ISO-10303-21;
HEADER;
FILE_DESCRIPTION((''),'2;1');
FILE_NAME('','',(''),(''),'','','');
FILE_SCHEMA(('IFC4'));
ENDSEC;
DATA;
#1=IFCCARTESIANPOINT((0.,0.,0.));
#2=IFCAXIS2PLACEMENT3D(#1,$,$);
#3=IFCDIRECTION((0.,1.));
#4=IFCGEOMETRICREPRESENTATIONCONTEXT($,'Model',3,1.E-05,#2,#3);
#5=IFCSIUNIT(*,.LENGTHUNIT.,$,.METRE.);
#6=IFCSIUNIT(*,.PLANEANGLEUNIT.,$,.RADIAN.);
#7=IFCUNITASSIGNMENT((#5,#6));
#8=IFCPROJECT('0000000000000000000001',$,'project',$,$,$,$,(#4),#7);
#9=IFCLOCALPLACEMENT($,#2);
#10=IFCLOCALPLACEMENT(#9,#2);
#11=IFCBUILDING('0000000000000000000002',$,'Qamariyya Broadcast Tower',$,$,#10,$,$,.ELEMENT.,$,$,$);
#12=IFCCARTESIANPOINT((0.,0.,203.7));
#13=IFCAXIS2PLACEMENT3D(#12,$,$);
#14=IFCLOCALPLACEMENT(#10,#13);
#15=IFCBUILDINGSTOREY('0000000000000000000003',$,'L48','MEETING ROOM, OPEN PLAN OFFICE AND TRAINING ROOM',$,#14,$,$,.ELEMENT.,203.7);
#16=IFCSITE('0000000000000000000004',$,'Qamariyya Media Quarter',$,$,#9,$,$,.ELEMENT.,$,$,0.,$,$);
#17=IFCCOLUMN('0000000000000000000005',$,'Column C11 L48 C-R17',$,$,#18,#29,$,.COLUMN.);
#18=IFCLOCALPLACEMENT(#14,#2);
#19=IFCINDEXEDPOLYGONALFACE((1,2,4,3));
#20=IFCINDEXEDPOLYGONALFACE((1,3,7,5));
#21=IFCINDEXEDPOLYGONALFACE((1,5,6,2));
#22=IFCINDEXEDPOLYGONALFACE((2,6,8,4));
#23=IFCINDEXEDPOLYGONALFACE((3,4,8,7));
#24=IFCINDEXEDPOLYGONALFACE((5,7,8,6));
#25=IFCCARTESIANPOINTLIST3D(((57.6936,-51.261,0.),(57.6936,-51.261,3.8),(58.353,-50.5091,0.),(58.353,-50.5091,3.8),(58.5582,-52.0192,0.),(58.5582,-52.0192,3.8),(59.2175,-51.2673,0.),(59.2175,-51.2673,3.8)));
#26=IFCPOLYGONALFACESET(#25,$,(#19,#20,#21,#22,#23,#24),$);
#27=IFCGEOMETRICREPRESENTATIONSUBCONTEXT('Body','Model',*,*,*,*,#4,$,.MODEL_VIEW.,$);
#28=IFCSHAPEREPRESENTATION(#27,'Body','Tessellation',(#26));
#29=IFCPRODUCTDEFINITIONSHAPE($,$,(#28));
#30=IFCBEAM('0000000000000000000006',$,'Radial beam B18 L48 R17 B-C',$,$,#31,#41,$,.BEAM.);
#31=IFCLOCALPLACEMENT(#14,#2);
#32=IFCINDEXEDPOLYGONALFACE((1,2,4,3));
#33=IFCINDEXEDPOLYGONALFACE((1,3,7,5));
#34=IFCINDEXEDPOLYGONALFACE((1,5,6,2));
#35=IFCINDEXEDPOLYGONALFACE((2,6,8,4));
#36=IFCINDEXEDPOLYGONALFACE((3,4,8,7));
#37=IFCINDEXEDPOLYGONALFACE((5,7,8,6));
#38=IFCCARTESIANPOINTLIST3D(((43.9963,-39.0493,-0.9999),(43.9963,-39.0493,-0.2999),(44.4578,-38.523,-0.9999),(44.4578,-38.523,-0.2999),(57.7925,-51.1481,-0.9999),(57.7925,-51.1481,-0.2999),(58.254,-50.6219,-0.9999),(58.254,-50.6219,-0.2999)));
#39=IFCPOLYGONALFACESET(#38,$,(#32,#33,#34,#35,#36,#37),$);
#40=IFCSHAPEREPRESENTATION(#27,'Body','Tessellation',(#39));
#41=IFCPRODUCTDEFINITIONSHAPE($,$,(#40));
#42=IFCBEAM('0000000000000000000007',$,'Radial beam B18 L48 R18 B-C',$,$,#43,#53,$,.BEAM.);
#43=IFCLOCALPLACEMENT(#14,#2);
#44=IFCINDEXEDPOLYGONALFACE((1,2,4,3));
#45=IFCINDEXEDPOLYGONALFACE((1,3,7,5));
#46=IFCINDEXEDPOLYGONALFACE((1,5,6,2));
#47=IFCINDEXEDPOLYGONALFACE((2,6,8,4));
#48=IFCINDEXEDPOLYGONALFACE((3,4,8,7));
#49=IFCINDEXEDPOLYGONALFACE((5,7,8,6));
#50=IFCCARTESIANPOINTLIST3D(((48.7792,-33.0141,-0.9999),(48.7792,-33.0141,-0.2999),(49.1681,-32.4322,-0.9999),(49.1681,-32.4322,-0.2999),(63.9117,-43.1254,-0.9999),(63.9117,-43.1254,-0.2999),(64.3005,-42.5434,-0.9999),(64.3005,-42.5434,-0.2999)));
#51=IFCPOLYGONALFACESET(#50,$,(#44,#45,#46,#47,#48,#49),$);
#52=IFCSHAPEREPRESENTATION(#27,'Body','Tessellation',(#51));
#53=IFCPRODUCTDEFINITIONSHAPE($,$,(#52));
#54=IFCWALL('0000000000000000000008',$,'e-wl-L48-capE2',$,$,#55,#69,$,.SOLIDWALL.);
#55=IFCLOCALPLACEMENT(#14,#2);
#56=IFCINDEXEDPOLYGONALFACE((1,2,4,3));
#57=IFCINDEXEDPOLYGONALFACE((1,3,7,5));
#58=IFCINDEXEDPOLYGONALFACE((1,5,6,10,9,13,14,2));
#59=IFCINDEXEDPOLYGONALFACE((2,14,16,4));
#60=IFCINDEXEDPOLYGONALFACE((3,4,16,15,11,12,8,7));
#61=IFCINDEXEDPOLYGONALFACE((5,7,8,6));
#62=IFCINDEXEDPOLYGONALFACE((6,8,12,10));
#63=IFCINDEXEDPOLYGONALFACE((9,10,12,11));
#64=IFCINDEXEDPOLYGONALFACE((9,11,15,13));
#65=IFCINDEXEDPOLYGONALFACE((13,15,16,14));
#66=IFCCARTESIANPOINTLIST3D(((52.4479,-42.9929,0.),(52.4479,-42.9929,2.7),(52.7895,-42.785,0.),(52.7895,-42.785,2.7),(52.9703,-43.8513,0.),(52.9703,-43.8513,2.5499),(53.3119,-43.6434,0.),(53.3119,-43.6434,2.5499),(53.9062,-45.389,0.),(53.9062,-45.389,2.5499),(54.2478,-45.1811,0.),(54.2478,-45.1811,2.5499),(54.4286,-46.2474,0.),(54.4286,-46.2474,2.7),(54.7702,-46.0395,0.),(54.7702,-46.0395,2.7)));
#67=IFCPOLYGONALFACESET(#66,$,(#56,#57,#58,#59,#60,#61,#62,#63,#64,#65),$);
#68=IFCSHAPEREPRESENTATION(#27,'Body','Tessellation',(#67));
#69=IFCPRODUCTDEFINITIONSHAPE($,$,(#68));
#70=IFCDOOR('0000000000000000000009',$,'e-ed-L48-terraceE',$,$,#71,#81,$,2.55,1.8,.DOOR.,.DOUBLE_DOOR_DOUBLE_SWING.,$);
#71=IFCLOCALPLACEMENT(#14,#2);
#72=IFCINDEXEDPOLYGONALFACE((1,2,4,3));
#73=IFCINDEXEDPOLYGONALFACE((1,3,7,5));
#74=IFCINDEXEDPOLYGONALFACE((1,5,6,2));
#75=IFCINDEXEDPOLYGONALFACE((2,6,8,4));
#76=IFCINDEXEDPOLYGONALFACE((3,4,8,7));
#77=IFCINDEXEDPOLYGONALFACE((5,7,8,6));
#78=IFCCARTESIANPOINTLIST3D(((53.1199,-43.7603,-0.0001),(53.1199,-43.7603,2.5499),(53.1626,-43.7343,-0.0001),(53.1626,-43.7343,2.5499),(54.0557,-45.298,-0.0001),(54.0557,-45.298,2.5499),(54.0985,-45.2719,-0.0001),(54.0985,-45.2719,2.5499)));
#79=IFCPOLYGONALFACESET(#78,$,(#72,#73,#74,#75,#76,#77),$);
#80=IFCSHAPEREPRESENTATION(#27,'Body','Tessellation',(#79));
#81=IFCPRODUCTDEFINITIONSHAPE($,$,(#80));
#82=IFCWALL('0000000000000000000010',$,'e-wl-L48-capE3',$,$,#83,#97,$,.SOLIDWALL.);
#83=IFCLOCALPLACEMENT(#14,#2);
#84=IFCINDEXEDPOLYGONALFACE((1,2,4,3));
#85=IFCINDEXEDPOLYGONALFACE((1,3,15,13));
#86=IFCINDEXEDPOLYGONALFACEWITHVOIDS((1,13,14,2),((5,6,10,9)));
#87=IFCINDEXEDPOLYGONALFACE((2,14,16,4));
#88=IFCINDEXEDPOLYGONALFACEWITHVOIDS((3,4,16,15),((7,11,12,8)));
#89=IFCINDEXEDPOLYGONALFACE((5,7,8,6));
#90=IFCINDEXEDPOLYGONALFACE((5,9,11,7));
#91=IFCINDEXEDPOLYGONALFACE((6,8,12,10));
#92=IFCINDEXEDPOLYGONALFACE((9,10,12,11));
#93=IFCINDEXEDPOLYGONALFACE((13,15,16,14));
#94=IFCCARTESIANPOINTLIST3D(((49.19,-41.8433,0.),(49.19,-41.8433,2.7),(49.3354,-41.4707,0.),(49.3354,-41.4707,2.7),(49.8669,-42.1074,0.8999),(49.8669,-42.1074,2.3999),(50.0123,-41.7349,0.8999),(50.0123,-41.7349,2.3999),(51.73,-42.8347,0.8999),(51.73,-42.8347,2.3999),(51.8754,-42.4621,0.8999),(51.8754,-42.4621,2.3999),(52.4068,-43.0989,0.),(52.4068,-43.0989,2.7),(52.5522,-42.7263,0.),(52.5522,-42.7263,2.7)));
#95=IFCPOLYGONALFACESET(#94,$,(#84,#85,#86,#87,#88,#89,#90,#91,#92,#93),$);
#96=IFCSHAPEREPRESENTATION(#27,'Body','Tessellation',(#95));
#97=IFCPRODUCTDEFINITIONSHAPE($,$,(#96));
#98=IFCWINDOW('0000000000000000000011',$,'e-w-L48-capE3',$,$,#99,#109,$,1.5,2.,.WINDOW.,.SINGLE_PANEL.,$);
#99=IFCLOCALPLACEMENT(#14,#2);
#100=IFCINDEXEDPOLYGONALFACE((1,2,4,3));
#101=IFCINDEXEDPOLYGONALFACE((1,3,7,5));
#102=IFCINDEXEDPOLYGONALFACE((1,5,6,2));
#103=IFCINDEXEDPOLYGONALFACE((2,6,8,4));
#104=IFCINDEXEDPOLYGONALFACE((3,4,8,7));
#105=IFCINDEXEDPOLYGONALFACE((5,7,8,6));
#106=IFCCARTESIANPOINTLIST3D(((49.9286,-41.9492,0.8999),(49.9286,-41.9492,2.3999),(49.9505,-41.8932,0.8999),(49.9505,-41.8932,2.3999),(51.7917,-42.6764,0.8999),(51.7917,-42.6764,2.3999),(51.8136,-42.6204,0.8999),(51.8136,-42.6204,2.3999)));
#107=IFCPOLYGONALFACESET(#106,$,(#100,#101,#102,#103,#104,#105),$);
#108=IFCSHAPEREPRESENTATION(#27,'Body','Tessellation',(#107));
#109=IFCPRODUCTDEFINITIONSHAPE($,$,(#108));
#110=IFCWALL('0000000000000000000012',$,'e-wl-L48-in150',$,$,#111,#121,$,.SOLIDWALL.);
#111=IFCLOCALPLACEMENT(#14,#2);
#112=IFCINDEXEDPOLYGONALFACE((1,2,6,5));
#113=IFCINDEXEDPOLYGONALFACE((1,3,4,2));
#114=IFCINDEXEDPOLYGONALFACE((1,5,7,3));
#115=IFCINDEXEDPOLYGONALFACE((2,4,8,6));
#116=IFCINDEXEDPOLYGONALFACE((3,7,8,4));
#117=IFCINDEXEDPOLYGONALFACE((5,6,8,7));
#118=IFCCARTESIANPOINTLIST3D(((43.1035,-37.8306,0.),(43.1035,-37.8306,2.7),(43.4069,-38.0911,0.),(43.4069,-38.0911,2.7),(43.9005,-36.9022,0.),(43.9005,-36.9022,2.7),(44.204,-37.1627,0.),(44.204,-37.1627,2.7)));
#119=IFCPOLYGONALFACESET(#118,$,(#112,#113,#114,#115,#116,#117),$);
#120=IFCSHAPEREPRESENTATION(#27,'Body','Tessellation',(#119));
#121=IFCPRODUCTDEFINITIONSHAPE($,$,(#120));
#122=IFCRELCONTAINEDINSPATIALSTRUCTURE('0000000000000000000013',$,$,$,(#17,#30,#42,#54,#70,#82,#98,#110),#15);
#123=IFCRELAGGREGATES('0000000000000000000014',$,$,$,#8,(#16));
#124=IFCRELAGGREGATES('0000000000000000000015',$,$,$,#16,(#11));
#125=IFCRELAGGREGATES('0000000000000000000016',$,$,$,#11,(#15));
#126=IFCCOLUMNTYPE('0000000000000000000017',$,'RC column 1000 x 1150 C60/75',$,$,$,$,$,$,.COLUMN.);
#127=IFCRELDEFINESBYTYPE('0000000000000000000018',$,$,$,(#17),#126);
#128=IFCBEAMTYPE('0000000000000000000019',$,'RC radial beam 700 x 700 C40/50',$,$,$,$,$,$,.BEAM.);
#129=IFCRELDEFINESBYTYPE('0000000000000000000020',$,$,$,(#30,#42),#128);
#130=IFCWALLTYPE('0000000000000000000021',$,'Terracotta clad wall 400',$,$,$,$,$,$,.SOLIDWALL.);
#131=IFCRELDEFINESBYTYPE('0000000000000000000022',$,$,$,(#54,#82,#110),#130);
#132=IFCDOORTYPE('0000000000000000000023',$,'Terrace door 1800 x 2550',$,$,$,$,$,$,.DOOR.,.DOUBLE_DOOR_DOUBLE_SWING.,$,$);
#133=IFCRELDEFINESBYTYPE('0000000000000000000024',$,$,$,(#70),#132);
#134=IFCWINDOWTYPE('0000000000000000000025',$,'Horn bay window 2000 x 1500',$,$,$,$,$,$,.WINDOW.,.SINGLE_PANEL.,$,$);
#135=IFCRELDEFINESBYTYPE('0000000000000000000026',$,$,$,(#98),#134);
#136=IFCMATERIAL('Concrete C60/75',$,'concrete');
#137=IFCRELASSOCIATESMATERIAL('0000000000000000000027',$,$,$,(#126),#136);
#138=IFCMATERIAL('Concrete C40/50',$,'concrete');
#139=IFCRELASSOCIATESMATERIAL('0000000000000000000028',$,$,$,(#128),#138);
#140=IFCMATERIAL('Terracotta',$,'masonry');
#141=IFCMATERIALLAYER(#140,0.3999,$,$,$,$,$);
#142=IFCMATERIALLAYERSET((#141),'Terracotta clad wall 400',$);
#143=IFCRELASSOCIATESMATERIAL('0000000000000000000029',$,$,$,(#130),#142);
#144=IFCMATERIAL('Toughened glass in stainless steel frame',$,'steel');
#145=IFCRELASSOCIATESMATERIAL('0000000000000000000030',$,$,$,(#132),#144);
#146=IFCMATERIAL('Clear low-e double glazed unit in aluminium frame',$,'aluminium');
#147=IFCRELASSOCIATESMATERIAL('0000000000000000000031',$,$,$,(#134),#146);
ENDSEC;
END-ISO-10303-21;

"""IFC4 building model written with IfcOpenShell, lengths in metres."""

from ifc_helpers import new_model, si_unit, direction, frame, frame_2d, origin, origin_2d, place, context, subcontext, project, spatial, rectangle, extrude, material, layer, layer_set, material_profile, profile_set, type_object, element, fill, save


model = new_model("IFC4")

# Units and contexts
model_context = context("Model", 3, precision=1e-05, world=origin(), true_north=direction((0.0, 1.0)))
body_context = subcontext(model_context, "Body", "Model", "MODEL_VIEW")
ifc_project = project(units=[si_unit("LENGTHUNIT", "METRE"), si_unit("PLANEANGLEUNIT", "RADIAN")], contexts=[model_context])

# Site, building, storey
site_placement = place(None, origin())
site = spatial("IfcSite", under=ifc_project, at=site_placement, Name="Qamariyya Media Quarter", CompositionType="ELEMENT", RefElevation=0.0)
building_placement = place(site_placement, origin())
building = spatial("IfcBuilding", under=site, at=building_placement, Name="Qamariyya Broadcast Tower", CompositionType="ELEMENT")
storey_placement = place(building_placement, frame((0.0, 0.0, 203.7)))
storey = spatial("IfcBuildingStorey", under=building, at=storey_placement, Name="L48", Description="MEETING ROOM, OPEN PLAN OFFICE AND TRAINING ROOM", CompositionType="ELEMENT", Elevation=203.7)

# Column
ifc_material_1 = material(Name="Concrete C60/75", Category="concrete")
ifc_material_profile_1 = material_profile(ifc_material_1, rectangle(XDim=1.0, YDim=1.1499, at=origin_2d()))
ifc_profile_set_1 = profile_set([ifc_material_profile_1], Name="Concrete C60/75")
column_type = type_object("IfcColumnType", Name="RC column 1000 x 1150 C60/75", PredefinedType="COLUMN", material=ifc_profile_set_1)
column_placement = place(storey_placement, frame((58.4556, -51.2642, 0.0), z_axis=(0.0, 0.0, 1.0), x_axis=(0.659346, 0.75184, 0.0)))
element("IfcColumn", 1, at=column_placement, inside=storey, type_object=column_type, Name="Column C11 L48 C-R17", PredefinedType="COLUMN", context=body_context, shape_type="SweptSolid", body=[
    extrude(rectangle(XDim=1.0, YDim=1.1499, at=origin_2d()), origin(), (0.0, 0.0, 1.0), 3.8),
])

# Beams
ifc_material_2 = material(Name="Concrete C40/50", Category="concrete")
ifc_material_profile_2 = material_profile(ifc_material_2, rectangle(XDim=0.7, YDim=0.7, at=origin_2d()))
ifc_profile_set_2 = profile_set([ifc_material_profile_2], Name="Concrete C40/50")
beam_type = type_object("IfcBeamType", Name="RC radial beam 700 x 700 C40/50", PredefinedType="BEAM", material=ifc_profile_set_2)
beam_1_placement = place(storey_placement, frame((44.2271, -38.7861, -0.6499), z_axis=(0.75184, -0.659345, 0.0), x_axis=(0.659345, 0.75184, 0.0)))
element("IfcBeam", 2, at=beam_1_placement, inside=storey, type_object=beam_type, Name="Radial beam B18 L48 R17 B-C", PredefinedType="BEAM", context=body_context, shape_type="SweptSolid", body=[
    extrude(rectangle(XDim=0.7, YDim=0.7, at=origin_2d()), origin(), (0.0, 0.0, 1.0), 18.3499),
])
beam_2_placement = place(storey_placement, frame((48.9736, -32.7231, -0.6499), z_axis=(0.831468, -0.555573, 0.0), x_axis=(0.555573, 0.831468, 0.0)))
element("IfcBeam", 3, at=beam_2_placement, inside=storey, type_object=beam_type, Name="Radial beam B18 L48 R18 B-C", PredefinedType="BEAM", context=body_context, shape_type="SweptSolid", body=[
    extrude(rectangle(XDim=0.7, YDim=0.7, at=origin_2d()), origin(), (0.0, 0.0, 1.0), 18.1997),
])

# Wall, opening, door
ifc_material_3 = material(Name="Terracotta", Category="masonry")
ifc_layer = layer(ifc_material_3, 0.3999)
ifc_layer_set = layer_set([ifc_layer], Name="Terracotta clad wall 400")
wall_type = type_object("IfcWallType", Name="Terracotta clad wall 400", PredefinedType="SOLIDWALL", material=ifc_layer_set)
wall_1_placement = place(storey_placement, frame((54.5994, -46.1433, 0.0), z_axis=(0.0, 0.0, 1.0), x_axis=(-0.519904, 0.854225, 0.0)))
wall_1 = element("IfcWall", 4, at=wall_1_placement, inside=storey, type_object=wall_type, Name="e-wl-L48-capE2", PredefinedType="SOLIDWALL", context=body_context, shape_type="SweptSolid", body=[
    extrude(rectangle(XDim=3.8098, YDim=0.3999, at=frame_2d((1.9048, 0.0))), origin(), (0.0, 0.0, 1.0), 2.7),
])
opening_1_placement = place(wall_1_placement, frame((1.0049, 0.0, 0.0)))
opening_1 = element("IfcOpeningElement", 5, at=opening_1_placement, cuts=wall_1, PredefinedType="OPENING", context=body_context, shape_type="SweptSolid", body=[
    extrude(rectangle(XDim=1.8, YDim=2.55, at=frame_2d((0.8999, 1.2749))), frame((0.0, 0.21, 0.0), z_axis=(0.0, -1.0, 0.0), x_axis=(1.0, 0.0, 0.0)), (0.0, 0.0, 1.0), 0.4199),
])
ifc_material_4 = material(Name="Toughened glass in stainless steel frame", Category="steel")
door_type = type_object("IfcDoorType", Name="Terrace door 1800 x 2550", OperationType="DOUBLE_DOOR_DOUBLE_SWING", PredefinedType="DOOR", material=ifc_material_4)
door_placement = place(opening_1_placement, origin())
door = element("IfcDoor", 6, at=door_placement, inside=storey, type_object=door_type, Name="e-ed-L48-terraceE", OperationType="DOUBLE_DOOR_DOUBLE_SWING", OverallHeight=2.55, OverallWidth=1.8, PredefinedType="DOOR", context=body_context, shape_type="SweptSolid", body=[
    extrude(rectangle(XDim=1.8, YDim=2.55, at=frame_2d((0.8999, 1.2749))), frame((0.0, 0.0249, 0.0), z_axis=(0.0, -1.0, 0.0), x_axis=(1.0, 0.0, 0.0)), (0.0, 0.0, 1.0), 0.05),
])
fill(opening_1, door)

# Wall, opening, window
wall_2_placement = place(storey_placement, frame((52.4795, -42.9126, 0.0), z_axis=(0.0, 0.0, 1.0), x_axis=(-0.93155, 0.363613, 0.0)))
wall_2 = element("IfcWall", 7, at=wall_2_placement, inside=storey, type_object=wall_type, Name="e-wl-L48-capE3", PredefinedType="SOLIDWALL", context=body_context, shape_type="SweptSolid", body=[
    extrude(rectangle(XDim=3.4531, YDim=0.3999, at=frame_2d((1.7266, 0.0))), origin(), (0.0, 0.0, 1.0), 2.7),
])
opening_2_placement = place(wall_2_placement, frame((0.7266, 0.0, 0.8999)))
opening_2 = element("IfcOpeningElement", 8, at=opening_2_placement, cuts=wall_2, PredefinedType="OPENING", context=body_context, shape_type="SweptSolid", body=[
    extrude(rectangle(XDim=2.0, YDim=1.5, at=frame_2d((1.0, 0.75))), frame((0.0, 0.21, 0.0), z_axis=(0.0, -1.0, 0.0), x_axis=(1.0, 0.0, 0.0)), (0.0, 0.0, 1.0), 0.4199),
])
ifc_material_5 = material(Name="Clear low-e double glazed unit in aluminium frame", Category="aluminium")
window_type = type_object("IfcWindowType", Name="Horn bay window 2000 x 1500", PartitioningType="SINGLE_PANEL", PredefinedType="WINDOW", material=ifc_material_5)
window_placement = place(opening_2_placement, origin())
window = element("IfcWindow", 9, at=window_placement, inside=storey, type_object=window_type, Name="e-w-L48-capE3", OverallHeight=1.5, OverallWidth=2.0, PartitioningType="SINGLE_PANEL", PredefinedType="WINDOW", context=body_context, shape_type="SweptSolid", body=[
    extrude(rectangle(XDim=2.0, YDim=1.5, at=frame_2d((1.0, 0.75))), frame((0.0, 0.03, 0.0), z_axis=(0.0, -1.0, 0.0), x_axis=(1.0, 0.0, 0.0)), (0.0, 0.0, 1.0), 0.0601),
])
fill(opening_2, window)

# Wall
wall_3_placement = place(storey_placement, frame((44.0522, -37.0325, 0.0), z_axis=(0.0, 0.0, 1.0), x_axis=(-0.651399, -0.758735, 0.0)))
element("IfcWall", 10, at=wall_3_placement, inside=storey, type_object=wall_type, Name="e-wl-L48-in150", PredefinedType="SOLIDWALL", context=body_context, shape_type="SweptSolid", body=[
    extrude(rectangle(XDim=1.2236, YDim=0.3999, at=frame_2d((0.6118, 0.0))), origin(), (0.0, 0.0, 1.0), 2.7),
])

save(model, "model.ifc")
